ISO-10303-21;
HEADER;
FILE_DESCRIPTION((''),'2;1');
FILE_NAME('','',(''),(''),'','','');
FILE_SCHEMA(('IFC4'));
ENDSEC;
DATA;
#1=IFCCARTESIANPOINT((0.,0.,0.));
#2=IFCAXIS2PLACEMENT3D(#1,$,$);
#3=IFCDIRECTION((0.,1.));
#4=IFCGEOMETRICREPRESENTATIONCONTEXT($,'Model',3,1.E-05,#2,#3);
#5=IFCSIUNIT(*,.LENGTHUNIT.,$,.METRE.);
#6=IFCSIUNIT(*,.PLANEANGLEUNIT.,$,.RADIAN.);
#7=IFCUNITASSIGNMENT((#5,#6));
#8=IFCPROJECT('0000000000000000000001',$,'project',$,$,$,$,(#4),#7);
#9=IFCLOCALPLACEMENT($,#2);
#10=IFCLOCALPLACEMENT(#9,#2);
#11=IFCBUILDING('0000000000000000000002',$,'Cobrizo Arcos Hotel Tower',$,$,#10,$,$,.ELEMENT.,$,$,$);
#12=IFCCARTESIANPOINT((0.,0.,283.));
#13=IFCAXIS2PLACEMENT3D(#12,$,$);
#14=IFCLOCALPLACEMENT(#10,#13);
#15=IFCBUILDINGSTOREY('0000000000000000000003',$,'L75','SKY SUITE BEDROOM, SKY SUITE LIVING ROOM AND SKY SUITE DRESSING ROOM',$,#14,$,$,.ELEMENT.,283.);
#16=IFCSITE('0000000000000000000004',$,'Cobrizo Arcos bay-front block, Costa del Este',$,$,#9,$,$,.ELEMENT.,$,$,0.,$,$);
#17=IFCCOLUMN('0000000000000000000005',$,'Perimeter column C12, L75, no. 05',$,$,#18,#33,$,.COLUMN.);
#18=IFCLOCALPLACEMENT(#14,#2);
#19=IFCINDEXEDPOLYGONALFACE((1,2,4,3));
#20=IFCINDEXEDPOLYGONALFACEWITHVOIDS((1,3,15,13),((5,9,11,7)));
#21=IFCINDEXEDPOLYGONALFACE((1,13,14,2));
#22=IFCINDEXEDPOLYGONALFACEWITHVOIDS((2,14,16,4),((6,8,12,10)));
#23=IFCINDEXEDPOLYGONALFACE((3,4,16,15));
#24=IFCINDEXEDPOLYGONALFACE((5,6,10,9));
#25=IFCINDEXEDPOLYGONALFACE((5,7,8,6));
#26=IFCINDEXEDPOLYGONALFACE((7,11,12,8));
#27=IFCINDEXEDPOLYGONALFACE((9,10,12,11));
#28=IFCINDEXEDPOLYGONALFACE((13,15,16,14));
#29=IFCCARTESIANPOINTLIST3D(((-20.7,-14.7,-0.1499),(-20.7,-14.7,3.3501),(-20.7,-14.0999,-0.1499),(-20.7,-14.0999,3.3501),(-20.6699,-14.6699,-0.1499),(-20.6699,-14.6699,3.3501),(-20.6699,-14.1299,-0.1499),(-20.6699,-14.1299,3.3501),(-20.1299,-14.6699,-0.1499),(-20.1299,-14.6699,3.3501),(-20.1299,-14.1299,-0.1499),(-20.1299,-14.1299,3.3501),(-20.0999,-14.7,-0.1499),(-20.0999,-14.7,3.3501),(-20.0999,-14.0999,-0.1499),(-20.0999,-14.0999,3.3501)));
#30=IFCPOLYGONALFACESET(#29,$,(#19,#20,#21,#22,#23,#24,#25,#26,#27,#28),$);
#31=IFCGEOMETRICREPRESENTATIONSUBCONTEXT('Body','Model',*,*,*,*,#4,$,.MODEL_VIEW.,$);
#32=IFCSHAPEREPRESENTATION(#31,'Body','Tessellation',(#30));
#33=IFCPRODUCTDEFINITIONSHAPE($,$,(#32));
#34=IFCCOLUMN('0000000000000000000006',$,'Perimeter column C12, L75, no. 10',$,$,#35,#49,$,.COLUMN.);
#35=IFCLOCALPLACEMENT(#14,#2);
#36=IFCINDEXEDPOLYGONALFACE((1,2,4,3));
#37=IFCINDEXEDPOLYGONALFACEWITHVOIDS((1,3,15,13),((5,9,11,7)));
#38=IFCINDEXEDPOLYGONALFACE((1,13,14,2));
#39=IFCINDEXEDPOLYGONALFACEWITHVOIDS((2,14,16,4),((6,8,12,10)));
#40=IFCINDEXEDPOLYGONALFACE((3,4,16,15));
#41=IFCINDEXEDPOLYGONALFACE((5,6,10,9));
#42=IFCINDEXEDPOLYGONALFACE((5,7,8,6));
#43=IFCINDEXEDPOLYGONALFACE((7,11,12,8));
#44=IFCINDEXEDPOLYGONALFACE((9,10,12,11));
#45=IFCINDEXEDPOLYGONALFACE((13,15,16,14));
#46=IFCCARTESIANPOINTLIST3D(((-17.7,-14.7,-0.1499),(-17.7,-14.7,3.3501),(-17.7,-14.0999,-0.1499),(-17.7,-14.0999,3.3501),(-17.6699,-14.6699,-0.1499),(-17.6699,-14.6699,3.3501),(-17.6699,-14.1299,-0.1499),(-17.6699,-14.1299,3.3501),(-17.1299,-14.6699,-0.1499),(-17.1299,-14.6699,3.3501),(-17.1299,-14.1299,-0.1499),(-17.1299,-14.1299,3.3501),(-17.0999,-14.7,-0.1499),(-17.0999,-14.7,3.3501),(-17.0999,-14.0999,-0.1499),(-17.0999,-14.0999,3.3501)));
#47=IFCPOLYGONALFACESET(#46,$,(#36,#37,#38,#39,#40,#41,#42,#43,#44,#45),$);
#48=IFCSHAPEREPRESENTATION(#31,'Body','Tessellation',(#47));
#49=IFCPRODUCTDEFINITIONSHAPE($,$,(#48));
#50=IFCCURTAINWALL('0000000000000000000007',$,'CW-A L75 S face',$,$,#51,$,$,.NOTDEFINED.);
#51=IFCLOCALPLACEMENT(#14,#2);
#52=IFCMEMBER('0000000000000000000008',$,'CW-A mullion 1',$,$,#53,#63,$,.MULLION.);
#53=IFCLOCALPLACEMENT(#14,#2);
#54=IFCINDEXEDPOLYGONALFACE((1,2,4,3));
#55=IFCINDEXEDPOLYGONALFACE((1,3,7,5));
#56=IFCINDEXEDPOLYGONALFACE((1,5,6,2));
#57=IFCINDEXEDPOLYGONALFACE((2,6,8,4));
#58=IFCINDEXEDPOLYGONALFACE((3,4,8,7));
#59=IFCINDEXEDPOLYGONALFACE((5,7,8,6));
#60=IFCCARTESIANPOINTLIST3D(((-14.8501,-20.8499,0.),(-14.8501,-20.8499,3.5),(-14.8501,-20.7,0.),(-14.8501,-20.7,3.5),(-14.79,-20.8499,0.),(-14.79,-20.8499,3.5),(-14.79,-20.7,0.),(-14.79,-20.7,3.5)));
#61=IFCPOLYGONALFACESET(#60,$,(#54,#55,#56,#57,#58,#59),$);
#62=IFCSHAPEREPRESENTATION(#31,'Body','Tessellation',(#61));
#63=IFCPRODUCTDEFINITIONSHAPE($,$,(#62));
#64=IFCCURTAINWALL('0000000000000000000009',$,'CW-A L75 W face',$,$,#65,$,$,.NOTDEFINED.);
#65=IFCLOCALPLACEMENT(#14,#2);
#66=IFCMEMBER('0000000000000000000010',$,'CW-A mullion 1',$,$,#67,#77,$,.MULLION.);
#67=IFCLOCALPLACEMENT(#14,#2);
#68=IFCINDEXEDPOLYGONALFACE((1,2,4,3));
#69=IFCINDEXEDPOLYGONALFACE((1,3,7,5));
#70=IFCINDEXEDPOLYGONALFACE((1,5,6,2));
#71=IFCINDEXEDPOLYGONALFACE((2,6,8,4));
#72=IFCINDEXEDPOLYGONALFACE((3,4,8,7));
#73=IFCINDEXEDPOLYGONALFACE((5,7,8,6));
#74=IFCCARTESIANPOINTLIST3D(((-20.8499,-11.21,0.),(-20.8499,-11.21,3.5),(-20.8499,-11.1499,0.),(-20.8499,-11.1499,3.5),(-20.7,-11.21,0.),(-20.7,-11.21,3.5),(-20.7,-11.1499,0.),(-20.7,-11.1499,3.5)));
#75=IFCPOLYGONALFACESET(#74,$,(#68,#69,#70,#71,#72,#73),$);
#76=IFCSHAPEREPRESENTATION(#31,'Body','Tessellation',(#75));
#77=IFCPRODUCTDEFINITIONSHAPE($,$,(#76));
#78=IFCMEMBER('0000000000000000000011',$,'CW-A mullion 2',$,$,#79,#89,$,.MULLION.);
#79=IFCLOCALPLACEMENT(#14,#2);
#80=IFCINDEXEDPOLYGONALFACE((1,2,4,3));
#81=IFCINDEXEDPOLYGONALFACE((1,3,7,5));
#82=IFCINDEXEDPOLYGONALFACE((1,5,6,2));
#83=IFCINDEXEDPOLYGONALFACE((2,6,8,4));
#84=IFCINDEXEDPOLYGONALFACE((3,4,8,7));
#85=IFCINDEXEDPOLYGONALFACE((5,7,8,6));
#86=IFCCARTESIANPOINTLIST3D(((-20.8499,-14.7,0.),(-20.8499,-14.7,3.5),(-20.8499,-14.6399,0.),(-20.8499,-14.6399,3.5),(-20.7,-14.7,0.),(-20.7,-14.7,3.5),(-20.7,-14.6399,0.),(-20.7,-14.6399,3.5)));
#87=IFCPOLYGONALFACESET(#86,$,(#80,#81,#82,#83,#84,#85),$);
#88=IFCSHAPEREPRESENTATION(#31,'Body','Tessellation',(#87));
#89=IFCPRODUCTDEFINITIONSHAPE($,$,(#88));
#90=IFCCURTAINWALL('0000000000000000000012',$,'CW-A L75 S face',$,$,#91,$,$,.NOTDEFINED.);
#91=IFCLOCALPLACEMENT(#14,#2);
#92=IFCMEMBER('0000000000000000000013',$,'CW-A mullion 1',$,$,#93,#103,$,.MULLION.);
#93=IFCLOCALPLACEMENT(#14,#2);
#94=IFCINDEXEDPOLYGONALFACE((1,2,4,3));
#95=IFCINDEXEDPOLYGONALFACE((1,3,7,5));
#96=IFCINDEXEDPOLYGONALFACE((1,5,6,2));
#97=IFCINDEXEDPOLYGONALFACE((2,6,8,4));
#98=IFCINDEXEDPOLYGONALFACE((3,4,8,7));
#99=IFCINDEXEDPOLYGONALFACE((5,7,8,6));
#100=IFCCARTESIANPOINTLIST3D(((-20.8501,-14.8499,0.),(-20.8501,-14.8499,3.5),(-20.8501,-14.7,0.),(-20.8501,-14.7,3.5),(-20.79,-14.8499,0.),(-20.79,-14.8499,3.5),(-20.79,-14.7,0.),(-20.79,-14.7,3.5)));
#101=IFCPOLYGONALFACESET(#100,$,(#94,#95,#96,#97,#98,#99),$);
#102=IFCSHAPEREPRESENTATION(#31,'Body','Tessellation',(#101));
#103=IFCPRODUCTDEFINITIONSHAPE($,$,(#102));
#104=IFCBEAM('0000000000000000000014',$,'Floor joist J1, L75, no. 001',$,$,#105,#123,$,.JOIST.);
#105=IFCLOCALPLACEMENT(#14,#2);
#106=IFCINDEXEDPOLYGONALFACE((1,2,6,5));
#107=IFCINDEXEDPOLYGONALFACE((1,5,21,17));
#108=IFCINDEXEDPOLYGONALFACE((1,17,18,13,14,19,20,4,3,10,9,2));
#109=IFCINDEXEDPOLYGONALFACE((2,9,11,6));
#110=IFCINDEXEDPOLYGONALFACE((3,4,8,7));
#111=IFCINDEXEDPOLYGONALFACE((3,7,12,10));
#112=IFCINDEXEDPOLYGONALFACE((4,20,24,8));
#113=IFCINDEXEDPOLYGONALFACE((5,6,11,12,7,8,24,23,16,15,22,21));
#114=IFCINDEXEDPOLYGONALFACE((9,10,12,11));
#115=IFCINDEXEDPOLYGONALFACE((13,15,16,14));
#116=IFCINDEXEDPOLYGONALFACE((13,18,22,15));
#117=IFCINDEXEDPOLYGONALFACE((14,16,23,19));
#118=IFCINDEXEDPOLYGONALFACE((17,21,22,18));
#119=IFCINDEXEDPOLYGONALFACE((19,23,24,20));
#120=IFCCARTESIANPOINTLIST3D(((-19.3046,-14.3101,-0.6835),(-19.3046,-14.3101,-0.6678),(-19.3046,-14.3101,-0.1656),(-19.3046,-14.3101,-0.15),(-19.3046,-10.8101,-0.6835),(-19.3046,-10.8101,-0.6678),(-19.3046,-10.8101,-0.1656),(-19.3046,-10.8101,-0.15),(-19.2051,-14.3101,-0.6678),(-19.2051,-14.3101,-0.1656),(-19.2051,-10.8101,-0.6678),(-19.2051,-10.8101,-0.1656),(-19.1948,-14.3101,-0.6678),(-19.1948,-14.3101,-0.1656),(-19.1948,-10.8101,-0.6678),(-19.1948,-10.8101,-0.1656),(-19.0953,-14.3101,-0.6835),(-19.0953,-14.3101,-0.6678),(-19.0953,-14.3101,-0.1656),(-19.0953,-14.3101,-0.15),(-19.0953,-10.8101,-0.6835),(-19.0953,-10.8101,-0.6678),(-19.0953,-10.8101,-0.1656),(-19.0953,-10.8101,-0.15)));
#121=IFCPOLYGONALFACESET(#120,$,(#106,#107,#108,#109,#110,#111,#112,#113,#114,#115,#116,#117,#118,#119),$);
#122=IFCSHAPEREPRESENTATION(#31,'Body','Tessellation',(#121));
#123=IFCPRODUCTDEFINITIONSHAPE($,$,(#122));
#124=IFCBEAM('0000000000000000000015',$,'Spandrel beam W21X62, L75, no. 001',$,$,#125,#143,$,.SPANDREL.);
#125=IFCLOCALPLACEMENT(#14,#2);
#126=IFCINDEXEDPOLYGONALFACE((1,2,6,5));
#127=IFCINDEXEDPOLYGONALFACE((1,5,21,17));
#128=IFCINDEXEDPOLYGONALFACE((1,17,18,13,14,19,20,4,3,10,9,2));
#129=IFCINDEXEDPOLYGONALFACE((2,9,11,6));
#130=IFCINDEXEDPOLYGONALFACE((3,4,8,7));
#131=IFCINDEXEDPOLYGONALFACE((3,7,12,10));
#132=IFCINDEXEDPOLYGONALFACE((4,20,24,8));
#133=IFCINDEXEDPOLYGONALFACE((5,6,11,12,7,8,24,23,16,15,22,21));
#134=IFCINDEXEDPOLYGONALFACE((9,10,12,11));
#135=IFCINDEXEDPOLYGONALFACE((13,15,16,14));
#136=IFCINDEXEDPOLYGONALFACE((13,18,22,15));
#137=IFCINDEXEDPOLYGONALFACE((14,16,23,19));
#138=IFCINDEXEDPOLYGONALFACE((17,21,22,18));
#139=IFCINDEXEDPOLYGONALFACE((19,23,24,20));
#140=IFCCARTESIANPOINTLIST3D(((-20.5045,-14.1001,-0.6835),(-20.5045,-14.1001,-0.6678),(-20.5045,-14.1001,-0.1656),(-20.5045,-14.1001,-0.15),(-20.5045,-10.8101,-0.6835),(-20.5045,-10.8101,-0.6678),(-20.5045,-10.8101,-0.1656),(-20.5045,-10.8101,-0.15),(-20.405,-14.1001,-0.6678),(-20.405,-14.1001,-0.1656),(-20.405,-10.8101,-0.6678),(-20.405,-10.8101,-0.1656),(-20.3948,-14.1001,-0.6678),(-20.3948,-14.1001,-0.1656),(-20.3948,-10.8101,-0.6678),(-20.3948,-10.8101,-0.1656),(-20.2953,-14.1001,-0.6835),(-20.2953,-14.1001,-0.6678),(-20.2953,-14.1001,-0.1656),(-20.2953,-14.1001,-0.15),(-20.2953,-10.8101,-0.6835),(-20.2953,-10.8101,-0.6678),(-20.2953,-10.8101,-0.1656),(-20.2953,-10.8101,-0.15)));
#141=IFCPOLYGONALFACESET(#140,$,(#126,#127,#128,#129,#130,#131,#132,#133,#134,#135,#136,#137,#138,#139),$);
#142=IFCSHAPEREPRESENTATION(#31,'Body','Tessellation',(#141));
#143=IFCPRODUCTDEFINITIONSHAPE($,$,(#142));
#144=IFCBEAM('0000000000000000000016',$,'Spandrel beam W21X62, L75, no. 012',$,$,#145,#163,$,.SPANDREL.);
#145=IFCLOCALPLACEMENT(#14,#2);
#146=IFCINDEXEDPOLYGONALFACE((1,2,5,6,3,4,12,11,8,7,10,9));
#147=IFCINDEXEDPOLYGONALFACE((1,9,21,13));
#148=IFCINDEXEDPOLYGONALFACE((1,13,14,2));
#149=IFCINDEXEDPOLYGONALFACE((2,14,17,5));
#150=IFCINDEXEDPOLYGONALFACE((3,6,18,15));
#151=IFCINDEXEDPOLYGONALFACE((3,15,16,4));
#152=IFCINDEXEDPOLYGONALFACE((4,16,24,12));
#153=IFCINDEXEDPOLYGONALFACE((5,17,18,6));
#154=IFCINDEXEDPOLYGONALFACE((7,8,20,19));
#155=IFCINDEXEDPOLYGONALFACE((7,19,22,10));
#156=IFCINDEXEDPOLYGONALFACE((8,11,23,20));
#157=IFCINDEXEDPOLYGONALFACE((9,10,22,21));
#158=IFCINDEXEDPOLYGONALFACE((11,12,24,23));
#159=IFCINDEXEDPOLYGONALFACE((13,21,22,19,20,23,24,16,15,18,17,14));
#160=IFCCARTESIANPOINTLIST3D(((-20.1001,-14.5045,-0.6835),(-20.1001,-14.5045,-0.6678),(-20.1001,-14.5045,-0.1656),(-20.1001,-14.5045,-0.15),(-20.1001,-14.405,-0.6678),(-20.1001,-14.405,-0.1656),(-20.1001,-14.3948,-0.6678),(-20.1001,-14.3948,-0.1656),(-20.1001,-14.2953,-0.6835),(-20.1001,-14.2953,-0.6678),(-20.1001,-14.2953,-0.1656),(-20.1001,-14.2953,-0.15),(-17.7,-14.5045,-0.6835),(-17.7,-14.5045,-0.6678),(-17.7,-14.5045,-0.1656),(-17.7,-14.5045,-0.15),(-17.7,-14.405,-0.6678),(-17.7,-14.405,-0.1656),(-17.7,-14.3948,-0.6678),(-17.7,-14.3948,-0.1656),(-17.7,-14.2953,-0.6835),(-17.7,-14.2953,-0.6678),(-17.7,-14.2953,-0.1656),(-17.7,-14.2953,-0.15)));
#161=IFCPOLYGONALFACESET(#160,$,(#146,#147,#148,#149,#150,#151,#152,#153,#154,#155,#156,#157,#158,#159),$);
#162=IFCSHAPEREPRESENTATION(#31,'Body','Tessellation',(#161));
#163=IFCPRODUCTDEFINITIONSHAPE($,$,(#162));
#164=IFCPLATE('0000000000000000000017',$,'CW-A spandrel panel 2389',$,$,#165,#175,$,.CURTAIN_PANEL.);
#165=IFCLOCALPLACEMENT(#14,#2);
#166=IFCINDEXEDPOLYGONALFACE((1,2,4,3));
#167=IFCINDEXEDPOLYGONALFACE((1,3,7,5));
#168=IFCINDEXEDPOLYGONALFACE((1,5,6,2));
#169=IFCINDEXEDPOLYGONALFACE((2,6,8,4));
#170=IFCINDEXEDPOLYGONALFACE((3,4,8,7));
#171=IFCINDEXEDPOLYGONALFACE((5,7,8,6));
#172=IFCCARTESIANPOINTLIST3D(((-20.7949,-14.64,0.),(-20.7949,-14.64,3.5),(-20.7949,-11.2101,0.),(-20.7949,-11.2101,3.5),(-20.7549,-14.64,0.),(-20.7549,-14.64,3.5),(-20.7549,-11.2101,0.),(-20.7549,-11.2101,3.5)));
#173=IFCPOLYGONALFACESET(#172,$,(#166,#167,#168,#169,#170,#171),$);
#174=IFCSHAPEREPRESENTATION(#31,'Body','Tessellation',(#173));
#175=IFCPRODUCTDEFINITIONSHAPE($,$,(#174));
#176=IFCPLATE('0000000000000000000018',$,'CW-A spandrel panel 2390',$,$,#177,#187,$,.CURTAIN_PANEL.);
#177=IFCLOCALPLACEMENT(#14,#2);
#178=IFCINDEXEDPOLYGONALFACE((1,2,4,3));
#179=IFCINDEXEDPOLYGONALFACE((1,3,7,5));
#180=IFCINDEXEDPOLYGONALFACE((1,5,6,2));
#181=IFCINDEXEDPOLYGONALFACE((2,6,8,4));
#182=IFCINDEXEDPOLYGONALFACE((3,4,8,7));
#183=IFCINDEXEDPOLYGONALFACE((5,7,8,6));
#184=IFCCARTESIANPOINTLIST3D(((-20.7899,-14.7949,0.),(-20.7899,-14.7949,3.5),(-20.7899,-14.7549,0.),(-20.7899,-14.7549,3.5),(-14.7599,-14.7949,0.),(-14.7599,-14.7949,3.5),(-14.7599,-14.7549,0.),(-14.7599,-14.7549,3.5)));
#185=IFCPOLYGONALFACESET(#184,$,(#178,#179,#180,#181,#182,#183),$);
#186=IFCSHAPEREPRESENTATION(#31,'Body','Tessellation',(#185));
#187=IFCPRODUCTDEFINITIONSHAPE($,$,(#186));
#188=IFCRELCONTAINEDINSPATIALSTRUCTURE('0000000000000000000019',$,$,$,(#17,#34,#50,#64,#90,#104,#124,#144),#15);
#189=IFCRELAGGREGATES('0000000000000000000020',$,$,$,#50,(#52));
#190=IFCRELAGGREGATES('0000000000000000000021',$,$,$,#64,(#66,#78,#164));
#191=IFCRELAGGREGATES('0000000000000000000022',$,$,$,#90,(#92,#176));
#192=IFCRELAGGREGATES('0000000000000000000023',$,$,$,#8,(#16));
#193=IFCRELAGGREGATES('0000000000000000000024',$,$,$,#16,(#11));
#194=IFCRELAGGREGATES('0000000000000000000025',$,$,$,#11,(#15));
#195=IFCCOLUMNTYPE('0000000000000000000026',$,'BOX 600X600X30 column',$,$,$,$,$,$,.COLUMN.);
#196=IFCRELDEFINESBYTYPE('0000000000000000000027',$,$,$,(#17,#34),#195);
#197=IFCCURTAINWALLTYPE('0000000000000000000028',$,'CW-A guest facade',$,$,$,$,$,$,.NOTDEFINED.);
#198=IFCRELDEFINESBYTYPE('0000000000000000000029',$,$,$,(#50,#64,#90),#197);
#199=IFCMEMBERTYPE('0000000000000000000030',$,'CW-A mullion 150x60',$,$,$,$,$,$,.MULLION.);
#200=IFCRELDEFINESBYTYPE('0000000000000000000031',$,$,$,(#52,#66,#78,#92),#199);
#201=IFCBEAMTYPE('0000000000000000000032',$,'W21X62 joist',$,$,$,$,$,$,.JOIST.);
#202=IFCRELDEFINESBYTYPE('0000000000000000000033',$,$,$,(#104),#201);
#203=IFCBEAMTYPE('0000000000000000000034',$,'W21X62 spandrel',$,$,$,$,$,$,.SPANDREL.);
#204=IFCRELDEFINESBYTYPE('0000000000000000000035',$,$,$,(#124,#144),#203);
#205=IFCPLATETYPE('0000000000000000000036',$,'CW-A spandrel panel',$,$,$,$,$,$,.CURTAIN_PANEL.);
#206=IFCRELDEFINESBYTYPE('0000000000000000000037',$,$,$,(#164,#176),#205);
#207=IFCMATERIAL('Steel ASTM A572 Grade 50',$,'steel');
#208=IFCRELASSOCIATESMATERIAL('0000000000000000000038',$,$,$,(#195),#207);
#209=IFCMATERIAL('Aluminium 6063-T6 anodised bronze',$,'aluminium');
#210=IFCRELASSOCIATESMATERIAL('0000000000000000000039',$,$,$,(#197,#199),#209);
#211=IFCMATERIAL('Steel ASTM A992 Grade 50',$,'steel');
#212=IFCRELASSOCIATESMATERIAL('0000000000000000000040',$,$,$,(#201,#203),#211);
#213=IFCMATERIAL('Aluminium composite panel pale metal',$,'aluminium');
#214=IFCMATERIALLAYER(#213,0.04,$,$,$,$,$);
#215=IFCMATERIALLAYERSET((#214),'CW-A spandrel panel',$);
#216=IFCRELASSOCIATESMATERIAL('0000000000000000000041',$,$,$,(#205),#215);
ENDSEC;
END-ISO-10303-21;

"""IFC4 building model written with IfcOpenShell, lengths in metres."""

from ifc_helpers import new_model, si_unit, direction, frame, origin, origin_2d, place, context, subcontext, project, spatial, rectangle, hollow_rectangle, i_section, extrude, material, layer, layer_set, material_profile, profile_set, type_object, element, aggregate, save


model = new_model("IFC4")

# Units and contexts
model_context = context("Model", 3, precision=1e-05, world=origin(), true_north=direction((0.0, 1.0)))
body_context = subcontext(model_context, "Body", "Model", "MODEL_VIEW")
ifc_project = project(units=[si_unit("LENGTHUNIT", "METRE"), si_unit("PLANEANGLEUNIT", "RADIAN")], contexts=[model_context])

# Site, building, storey
site_placement = place(None, origin())
site = spatial("IfcSite", under=ifc_project, at=site_placement, Name="Cobrizo Arcos bay-front block, Costa del Este", CompositionType="ELEMENT", RefElevation=0.0)
building_placement = place(site_placement, origin())
building = spatial("IfcBuilding", under=site, at=building_placement, Name="Cobrizo Arcos Hotel Tower", CompositionType="ELEMENT")
storey_placement = place(building_placement, frame((0.0, 0.0, 283.0)))
storey = spatial("IfcBuildingStorey", under=building, at=storey_placement, Name="L75", Description="SKY SUITE BEDROOM, SKY SUITE LIVING ROOM AND SKY SUITE DRESSING ROOM", CompositionType="ELEMENT", Elevation=283.0)

# Columns
ifc_material_1 = material(Name="Steel ASTM A572 Grade 50", Category="steel")
ifc_material_profile_1 = material_profile(ifc_material_1, hollow_rectangle(XDim=0.6001, YDim=0.6001, WallThickness=0.03, at=origin_2d()), Name="BOX 600X600X30")
ifc_profile_set_1 = profile_set([ifc_material_profile_1], Name="Steel ASTM A572 Grade 50")
column_type = type_object("IfcColumnType", Name="BOX 600X600X30 column", PredefinedType="COLUMN", material=ifc_profile_set_1)
for number, where, z_axis, x_axis, name in (
    (1, (-20.3999, -14.3999, -0.1499), (0.0, 0.0, 1.0), (1.0, 0.0, 0.0), "Perimeter column C12, L75, no. 05"),
    (2, (-17.3999, -14.3999, -0.1499), (0.0, 0.0, 1.0), (1.0, 0.0, 0.0), "Perimeter column C12, L75, no. 10"),
):
    element("IfcColumn", number, at=place(storey_placement, frame(where, z_axis=z_axis, x_axis=x_axis)), inside=storey, type_object=column_type, Name=name, PredefinedType="COLUMN", context=body_context, shape_type="SweptSolid", body=[
        extrude(hollow_rectangle(XDim=0.6001, YDim=0.6001, WallThickness=0.03, at=origin_2d()), origin(), (0.0, 0.0, 1.0), 3.5),
    ])

# Curtain wall, member
ifc_material_2 = material(Name="Aluminium 6063-T6 anodised bronze", Category="aluminium")
curtain_wall_type = type_object("IfcCurtainWallType", Name="CW-A guest facade", PredefinedType="NOTDEFINED", material=ifc_material_2)
curtain_wall_1_placement = place(storey_placement, origin())
curtain_wall_1 = element("IfcCurtainWall", 3, at=curtain_wall_1_placement, inside=storey, type_object=curtain_wall_type, Name="CW-A L75 S face", PredefinedType="NOTDEFINED")
ifc_material_profile_2 = material_profile(ifc_material_2, rectangle(XDim=0.1499, YDim=0.0601, at=origin_2d()), Name="CW-A mullion 150x60")
ifc_profile_set_2 = profile_set([ifc_material_profile_2], Name="Aluminium 6063-T6 anodised bronze")
member_type = type_object("IfcMemberType", Name="CW-A mullion 150x60", PredefinedType="MULLION", material=ifc_profile_set_2)
member_1_placement = place(storey_placement, frame((-14.8201, -20.7749, 0.0), z_axis=(0.0, 0.0, 1.0), x_axis=(0.0, -1.0, 0.0)))
member_1 = element("IfcMember", 4, at=member_1_placement, type_object=member_type, Name="CW-A mullion 1", PredefinedType="MULLION", context=body_context, shape_type="SweptSolid", body=[
    extrude(rectangle(XDim=0.1499, YDim=0.0601, at=origin_2d()), origin(), (0.0, 0.0, 1.0), 3.5),
])
aggregate(curtain_wall_1, [member_1])

# Curtain wall, members
curtain_wall_2_placement = place(storey_placement, origin())
curtain_wall_2 = element("IfcCurtainWall", 5, at=curtain_wall_2_placement, inside=storey, type_object=curtain_wall_type, Name="CW-A L75 W face", PredefinedType="NOTDEFINED")
member_2_placement = place(storey_placement, frame((-20.7749, -11.1799, 0.0), z_axis=(0.0, 0.0, 1.0), x_axis=(-1.0, 0.0, 0.0)))
member_2 = element("IfcMember", 6, at=member_2_placement, type_object=member_type, Name="CW-A mullion 1", PredefinedType="MULLION", context=body_context, shape_type="SweptSolid", body=[
    extrude(rectangle(XDim=0.1499, YDim=0.0601, at=origin_2d()), origin(), (0.0, 0.0, 1.0), 3.5),
])
member_3_placement = place(storey_placement, frame((-20.7749, -14.6699, 0.0), z_axis=(0.0, 0.0, 1.0), x_axis=(-1.0, 0.0, 0.0)))
member_3 = element("IfcMember", 7, at=member_3_placement, type_object=member_type, Name="CW-A mullion 2", PredefinedType="MULLION", context=body_context, shape_type="SweptSolid", body=[
    extrude(rectangle(XDim=0.1499, YDim=0.0601, at=origin_2d()), origin(), (0.0, 0.0, 1.0), 3.5),
])

# Curtain wall, member
curtain_wall_3_placement = place(storey_placement, origin())
curtain_wall_3 = element("IfcCurtainWall", 8, at=curtain_wall_3_placement, inside=storey, type_object=curtain_wall_type, Name="CW-A L75 S face", PredefinedType="NOTDEFINED")
member_4_placement = place(storey_placement, frame((-20.8201, -14.7749, 0.0), z_axis=(0.0, 0.0, 1.0), x_axis=(0.0, -1.0, 0.0)))
member_4 = element("IfcMember", 9, at=member_4_placement, type_object=member_type, Name="CW-A mullion 1", PredefinedType="MULLION", context=body_context, shape_type="SweptSolid", body=[
    extrude(rectangle(XDim=0.1499, YDim=0.0601, at=origin_2d()), origin(), (0.0, 0.0, 1.0), 3.5),
])

# Beams
ifc_material_3 = material(Name="Steel ASTM A992 Grade 50", Category="steel")
ifc_material_profile_3 = material_profile(ifc_material_3, i_section(OverallWidth=0.2092, OverallDepth=0.5334, WebThickness=0.0103, FlangeThickness=0.0156, at=origin_2d()), Name="W21X62")
ifc_profile_set_3 = profile_set([ifc_material_profile_3], Name="Steel ASTM A992 Grade 50")
beam_type_1 = type_object("IfcBeamType", Name="W21X62 joist", PredefinedType="JOIST", material=ifc_profile_set_3)
beam_1_placement = place(storey_placement, frame((-19.2, -14.3101, -0.4167), z_axis=(0.0, 1.0, 0.0), x_axis=(-1.0, 0.0, 0.0)))
element("IfcBeam", 10, at=beam_1_placement, inside=storey, type_object=beam_type_1, Name="Floor joist J1, L75, no. 001", PredefinedType="JOIST", context=body_context, shape_type="SweptSolid", body=[
    extrude(i_section(OverallWidth=0.2092, OverallDepth=0.5334, WebThickness=0.0103, FlangeThickness=0.0156, at=origin_2d()), origin(), (0.0, 0.0, 1.0), 3.5),
])
ifc_material_profile_4 = material_profile(ifc_material_3, i_section(OverallWidth=0.2092, OverallDepth=0.5334, WebThickness=0.0103, FlangeThickness=0.0156, at=origin_2d()), Name="W21X62")
ifc_profile_set_4 = profile_set([ifc_material_profile_4], Name="Steel ASTM A992 Grade 50")
beam_type_2 = type_object("IfcBeamType", Name="W21X62 spandrel", PredefinedType="SPANDREL", material=ifc_profile_set_4)
beam_2_placement = place(storey_placement, frame((-20.3999, -14.1001, -0.4167), z_axis=(0.0, 1.0, 0.0), x_axis=(-1.0, 0.0, 0.0)))
element("IfcBeam", 11, at=beam_2_placement, inside=storey, type_object=beam_type_2, Name="Spandrel beam W21X62, L75, no. 001", PredefinedType="SPANDREL", context=body_context, shape_type="SweptSolid", body=[
    extrude(i_section(OverallWidth=0.2092, OverallDepth=0.5334, WebThickness=0.0103, FlangeThickness=0.0156, at=origin_2d()), origin(), (0.0, 0.0, 1.0), 3.29),
])
beam_3_placement = place(storey_placement, frame((-17.7, -14.3999, -0.4167), z_axis=(-1.0, 0.0, 0.0), x_axis=(0.0, -1.0, 0.0)))
element("IfcBeam", 12, at=beam_3_placement, inside=storey, type_object=beam_type_2, Name="Spandrel beam W21X62, L75, no. 012", PredefinedType="SPANDREL", context=body_context, shape_type="SweptSolid", body=[
    extrude(i_section(OverallWidth=0.2092, OverallDepth=0.5334, WebThickness=0.0103, FlangeThickness=0.0156, at=origin_2d()), origin(), (0.0, 0.0, 1.0), 2.4001),
])

# Plates
ifc_material_4 = material(Name="Aluminium composite panel pale metal", Category="aluminium")
ifc_layer_1 = layer(ifc_material_4, 0.04)
ifc_layer_set_1 = layer_set([ifc_layer_1], Name="CW-A spandrel panel")
plate_type = type_object("IfcPlateType", Name="CW-A spandrel panel", PredefinedType="CURTAIN_PANEL", material=ifc_layer_set_1)
plate_1_placement = place(storey_placement, frame((-20.7749, -12.925, 0.0), z_axis=(0.0, 0.0, 1.0), x_axis=(0.0, -1.0, 0.0)))
plate_1 = element("IfcPlate", 13, at=plate_1_placement, type_object=plate_type, Name="CW-A spandrel panel 2389", PredefinedType="CURTAIN_PANEL", context=body_context, shape_type="SweptSolid", body=[
    extrude(rectangle(XDim=3.4299, YDim=0.04, at=origin_2d()), origin(), (0.0, 0.0, 1.0), 3.5),
])
aggregate(curtain_wall_2, [member_2, member_3, plate_1])
plate_2_placement = place(storey_placement, frame((-17.7749, -14.7749, 0.0), z_axis=(0.0, 0.0, 1.0), x_axis=(1.0, 0.0, 0.0)))
plate_2 = element("IfcPlate", 14, at=plate_2_placement, type_object=plate_type, Name="CW-A spandrel panel 2390", PredefinedType="CURTAIN_PANEL", context=body_context, shape_type="SweptSolid", body=[
    extrude(rectangle(XDim=6.03, YDim=0.04, at=origin_2d()), origin(), (0.0, 0.0, 1.0), 3.5),
])
aggregate(curtain_wall_3, [member_4, plate_2])

save(model, "model.ifc")
